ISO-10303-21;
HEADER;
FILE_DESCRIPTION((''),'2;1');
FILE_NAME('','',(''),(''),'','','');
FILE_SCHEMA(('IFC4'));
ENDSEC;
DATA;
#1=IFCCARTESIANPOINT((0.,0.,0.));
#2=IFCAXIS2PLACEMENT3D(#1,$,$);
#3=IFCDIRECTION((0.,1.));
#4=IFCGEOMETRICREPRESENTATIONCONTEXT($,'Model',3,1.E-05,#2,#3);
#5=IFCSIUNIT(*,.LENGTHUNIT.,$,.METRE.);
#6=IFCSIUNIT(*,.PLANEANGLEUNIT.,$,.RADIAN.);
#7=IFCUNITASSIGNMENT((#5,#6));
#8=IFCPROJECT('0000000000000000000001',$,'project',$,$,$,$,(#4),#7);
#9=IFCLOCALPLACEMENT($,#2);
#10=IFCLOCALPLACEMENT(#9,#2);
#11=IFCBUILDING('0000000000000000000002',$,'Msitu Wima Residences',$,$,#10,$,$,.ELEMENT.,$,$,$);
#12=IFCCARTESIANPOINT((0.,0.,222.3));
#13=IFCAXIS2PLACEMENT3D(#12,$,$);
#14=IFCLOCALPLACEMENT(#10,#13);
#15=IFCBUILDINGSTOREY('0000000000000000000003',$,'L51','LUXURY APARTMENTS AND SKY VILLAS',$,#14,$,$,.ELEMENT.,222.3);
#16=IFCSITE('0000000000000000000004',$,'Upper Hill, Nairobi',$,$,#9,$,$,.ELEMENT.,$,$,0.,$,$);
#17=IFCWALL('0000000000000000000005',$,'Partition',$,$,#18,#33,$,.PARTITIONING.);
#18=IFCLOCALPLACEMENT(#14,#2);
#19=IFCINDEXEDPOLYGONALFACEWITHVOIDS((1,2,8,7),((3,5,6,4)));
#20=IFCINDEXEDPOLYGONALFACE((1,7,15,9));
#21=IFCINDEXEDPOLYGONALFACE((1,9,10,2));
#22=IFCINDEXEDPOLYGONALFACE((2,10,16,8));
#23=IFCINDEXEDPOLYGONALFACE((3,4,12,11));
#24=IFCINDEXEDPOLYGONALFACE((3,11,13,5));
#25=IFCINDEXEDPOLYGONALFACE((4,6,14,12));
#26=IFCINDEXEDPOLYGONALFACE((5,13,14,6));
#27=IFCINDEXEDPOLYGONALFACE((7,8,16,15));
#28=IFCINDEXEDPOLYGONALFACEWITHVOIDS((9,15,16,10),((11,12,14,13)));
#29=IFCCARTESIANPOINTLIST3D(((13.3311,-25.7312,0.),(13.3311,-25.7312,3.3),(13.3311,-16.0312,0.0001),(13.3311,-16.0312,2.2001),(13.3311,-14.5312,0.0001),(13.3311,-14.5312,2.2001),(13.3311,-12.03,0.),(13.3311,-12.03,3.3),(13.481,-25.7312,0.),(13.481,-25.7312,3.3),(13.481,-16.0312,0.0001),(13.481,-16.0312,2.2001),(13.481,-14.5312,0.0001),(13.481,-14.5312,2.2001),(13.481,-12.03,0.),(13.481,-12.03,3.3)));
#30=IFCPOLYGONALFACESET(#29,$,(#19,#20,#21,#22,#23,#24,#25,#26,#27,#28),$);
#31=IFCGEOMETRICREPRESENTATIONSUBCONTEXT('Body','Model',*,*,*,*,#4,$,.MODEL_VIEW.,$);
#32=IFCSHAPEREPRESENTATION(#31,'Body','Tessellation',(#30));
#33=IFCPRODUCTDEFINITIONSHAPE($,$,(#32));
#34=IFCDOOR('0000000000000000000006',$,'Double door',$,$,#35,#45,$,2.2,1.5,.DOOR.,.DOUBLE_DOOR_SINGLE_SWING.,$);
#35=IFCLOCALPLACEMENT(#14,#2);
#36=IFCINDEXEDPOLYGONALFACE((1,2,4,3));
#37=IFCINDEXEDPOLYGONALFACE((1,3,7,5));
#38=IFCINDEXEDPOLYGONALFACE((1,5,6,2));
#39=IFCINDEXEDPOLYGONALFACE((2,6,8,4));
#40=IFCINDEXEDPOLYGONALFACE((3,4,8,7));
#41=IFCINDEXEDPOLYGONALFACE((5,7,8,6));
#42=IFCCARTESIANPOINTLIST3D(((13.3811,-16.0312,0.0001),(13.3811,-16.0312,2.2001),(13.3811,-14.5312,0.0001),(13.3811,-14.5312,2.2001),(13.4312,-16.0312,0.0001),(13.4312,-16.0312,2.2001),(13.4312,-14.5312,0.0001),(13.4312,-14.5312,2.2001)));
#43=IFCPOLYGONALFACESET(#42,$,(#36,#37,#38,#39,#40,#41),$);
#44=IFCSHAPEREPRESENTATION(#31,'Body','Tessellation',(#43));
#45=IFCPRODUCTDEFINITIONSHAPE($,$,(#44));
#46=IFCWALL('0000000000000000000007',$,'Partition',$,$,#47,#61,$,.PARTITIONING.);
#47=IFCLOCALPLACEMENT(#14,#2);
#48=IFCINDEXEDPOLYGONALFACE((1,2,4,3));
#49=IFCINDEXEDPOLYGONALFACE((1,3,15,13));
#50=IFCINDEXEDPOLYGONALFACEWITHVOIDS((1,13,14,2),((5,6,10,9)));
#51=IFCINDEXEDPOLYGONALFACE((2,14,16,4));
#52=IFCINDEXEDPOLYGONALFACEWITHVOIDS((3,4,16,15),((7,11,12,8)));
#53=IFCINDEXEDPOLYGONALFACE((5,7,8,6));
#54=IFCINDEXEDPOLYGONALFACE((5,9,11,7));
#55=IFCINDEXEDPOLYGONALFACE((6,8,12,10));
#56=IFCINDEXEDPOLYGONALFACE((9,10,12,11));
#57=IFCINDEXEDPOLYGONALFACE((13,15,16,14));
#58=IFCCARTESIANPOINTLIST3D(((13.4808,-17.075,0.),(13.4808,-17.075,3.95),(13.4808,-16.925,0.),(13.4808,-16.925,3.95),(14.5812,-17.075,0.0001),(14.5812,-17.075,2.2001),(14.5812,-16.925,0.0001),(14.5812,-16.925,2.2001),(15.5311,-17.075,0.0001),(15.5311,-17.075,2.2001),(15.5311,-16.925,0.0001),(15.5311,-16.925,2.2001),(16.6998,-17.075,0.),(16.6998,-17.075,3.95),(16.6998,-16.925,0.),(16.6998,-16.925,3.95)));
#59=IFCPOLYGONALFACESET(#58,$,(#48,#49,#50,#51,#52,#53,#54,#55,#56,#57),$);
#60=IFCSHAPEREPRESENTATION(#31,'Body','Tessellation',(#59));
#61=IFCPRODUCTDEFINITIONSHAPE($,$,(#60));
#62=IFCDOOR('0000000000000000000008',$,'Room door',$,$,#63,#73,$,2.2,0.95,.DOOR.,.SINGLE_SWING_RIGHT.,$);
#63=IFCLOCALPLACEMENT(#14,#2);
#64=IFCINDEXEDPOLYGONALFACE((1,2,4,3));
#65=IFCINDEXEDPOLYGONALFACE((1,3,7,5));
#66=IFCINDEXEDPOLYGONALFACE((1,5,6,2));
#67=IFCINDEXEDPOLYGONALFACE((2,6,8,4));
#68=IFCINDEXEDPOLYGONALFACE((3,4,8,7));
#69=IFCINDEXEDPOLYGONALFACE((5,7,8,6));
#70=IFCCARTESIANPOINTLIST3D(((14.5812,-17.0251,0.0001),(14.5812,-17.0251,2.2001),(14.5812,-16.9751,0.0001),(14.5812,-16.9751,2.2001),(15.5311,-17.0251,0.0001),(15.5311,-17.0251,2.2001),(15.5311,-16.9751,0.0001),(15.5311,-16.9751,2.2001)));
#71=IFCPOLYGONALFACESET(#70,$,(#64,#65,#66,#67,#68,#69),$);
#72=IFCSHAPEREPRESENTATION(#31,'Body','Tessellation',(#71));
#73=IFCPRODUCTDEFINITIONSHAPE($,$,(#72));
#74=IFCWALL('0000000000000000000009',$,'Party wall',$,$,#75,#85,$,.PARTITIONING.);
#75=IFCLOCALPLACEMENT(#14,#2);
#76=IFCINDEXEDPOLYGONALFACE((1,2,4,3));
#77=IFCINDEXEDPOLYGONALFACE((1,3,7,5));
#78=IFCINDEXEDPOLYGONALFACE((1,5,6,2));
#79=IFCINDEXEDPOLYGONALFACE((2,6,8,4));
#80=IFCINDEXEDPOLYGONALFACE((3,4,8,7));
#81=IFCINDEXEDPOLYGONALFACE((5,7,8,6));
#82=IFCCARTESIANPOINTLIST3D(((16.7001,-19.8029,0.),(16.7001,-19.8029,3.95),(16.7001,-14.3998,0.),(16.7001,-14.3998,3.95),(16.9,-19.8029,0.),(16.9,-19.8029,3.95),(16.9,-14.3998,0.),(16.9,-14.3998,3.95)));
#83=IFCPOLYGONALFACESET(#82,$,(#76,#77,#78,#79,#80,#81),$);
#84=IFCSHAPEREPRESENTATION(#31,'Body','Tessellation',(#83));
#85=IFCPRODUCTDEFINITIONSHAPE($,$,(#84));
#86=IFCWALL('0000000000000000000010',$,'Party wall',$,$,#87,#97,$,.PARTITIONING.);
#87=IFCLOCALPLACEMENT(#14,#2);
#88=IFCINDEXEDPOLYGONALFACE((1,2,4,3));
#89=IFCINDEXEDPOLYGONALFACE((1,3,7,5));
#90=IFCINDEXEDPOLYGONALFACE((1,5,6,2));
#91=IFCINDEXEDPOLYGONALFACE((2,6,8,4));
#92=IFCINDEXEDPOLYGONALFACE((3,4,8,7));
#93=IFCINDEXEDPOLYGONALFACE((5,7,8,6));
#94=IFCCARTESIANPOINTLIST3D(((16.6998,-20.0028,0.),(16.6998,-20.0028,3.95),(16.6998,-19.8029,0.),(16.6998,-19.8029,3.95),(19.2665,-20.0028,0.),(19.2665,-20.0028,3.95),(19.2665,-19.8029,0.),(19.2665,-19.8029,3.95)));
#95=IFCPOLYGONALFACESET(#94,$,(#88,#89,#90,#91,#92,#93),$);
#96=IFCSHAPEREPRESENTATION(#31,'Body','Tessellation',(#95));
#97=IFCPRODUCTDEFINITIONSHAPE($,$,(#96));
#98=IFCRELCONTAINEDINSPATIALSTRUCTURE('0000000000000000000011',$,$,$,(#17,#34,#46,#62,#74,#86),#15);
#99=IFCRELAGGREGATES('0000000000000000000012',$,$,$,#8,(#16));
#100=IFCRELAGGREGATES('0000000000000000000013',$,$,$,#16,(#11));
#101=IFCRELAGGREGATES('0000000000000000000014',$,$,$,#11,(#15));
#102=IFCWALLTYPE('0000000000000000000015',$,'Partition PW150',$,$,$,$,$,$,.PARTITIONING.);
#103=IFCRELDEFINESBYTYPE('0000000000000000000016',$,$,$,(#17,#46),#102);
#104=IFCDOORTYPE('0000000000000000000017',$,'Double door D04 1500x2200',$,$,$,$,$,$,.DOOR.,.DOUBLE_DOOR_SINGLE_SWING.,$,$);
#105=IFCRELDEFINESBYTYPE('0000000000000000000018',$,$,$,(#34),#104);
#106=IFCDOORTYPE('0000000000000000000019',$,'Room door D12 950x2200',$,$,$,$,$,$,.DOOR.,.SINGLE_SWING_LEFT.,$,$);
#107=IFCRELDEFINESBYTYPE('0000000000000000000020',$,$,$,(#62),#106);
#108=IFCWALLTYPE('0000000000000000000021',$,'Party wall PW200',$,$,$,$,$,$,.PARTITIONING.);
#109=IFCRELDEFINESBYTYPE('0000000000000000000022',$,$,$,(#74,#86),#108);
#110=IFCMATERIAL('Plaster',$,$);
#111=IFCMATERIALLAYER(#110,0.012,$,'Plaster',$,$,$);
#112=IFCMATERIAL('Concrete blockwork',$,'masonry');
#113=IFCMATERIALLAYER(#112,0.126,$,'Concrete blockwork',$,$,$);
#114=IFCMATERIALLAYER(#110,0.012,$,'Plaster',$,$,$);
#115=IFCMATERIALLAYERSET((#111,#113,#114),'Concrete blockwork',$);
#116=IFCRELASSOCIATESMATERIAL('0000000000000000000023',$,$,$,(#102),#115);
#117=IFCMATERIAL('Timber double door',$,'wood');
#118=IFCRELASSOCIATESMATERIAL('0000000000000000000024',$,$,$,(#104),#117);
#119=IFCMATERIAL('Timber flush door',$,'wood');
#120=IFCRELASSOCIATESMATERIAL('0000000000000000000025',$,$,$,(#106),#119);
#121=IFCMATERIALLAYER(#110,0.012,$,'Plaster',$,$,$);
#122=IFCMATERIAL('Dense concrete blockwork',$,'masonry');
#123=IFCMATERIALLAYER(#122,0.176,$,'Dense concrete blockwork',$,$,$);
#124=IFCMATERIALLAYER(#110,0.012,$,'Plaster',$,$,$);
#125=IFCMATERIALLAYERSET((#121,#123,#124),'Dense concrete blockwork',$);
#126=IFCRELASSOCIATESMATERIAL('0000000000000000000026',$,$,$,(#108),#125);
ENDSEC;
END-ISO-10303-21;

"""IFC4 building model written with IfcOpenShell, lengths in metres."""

from ifc_helpers import new_model, si_unit, direction, frame, frame_2d, origin, place, context, subcontext, project, spatial, rectangle, extrude, material, layer, layer_set, type_object, element, fill, save


model = new_model("IFC4")

# Units and contexts
model_context = context("Model", 3, precision=1e-05, world=origin(), true_north=direction((0.0, 1.0)))
body_context = subcontext(model_context, "Body", "Model", "MODEL_VIEW")
ifc_project = project(units=[si_unit("LENGTHUNIT", "METRE"), si_unit("PLANEANGLEUNIT", "RADIAN")], contexts=[model_context])

# Site, building, storey
site_placement = place(None, origin())
site = spatial("IfcSite", under=ifc_project, at=site_placement, Name="Upper Hill, Nairobi", CompositionType="ELEMENT", RefElevation=0.0)
building_placement = place(site_placement, origin())
building = spatial("IfcBuilding", under=site, at=building_placement, Name="Msitu Wima Residences", CompositionType="ELEMENT")
storey_placement = place(building_placement, frame((0.0, 0.0, 222.3)))
storey = spatial("IfcBuildingStorey", under=building, at=storey_placement, Name="L51", Description="LUXURY APARTMENTS AND SKY VILLAS", CompositionType="ELEMENT", Elevation=222.3)

# Shared definitions
ifc_material_1 = material(Name="Plaster")
ifc_material_2 = material(Name="Concrete blockwork", Category="masonry")

# Walls, openings, doors
ifc_layer_1 = layer(ifc_material_1, 0.012, Name="Plaster")
ifc_layer_2 = layer(ifc_material_2, 0.126, Name="Concrete blockwork")
ifc_layer_3 = layer(ifc_material_1, 0.012, Name="Plaster")
ifc_layer_set_1 = layer_set([ifc_layer_1, ifc_layer_2, ifc_layer_3], Name="Concrete blockwork")
wall_type_1 = type_object("IfcWallType", Name="Partition PW150", PredefinedType="PARTITIONING", material=ifc_layer_set_1)
wall_1_placement = place(storey_placement, frame((13.406, -25.7312, 0.0), z_axis=(0.0, 0.0, 1.0), x_axis=(0.0, 1.0, 0.0)))
wall_1 = element("IfcWall", 1, at=wall_1_placement, inside=storey, type_object=wall_type_1, Name="Partition", PredefinedType="PARTITIONING", context=body_context, shape_type="SweptSolid", body=[
    extrude(rectangle(XDim=13.7012, YDim=0.1499, at=frame_2d((6.8506, 0.0))), origin(), (0.0, 0.0, 1.0), 3.3),
])
opening_1_placement = place(wall_1_placement, frame((9.7, 0.0, 0.0)))
opening_1 = element("IfcOpeningElement", 2, at=opening_1_placement, cuts=wall_1, PredefinedType="OPENING", context=body_context, shape_type="SweptSolid", body=[
    extrude(rectangle(XDim=1.5, YDim=2.2, at=frame_2d((0.75, 1.1001))), frame((0.0, 0.085, 0.0), z_axis=(0.0, -1.0, 0.0), x_axis=(1.0, 0.0, 0.0)), (0.0, 0.0, 1.0), 0.1699),
])
ifc_material_3 = material(Name="Timber double door", Category="wood")
door_type_1 = type_object("IfcDoorType", Name="Double door D04 1500x2200", OperationType="DOUBLE_DOOR_SINGLE_SWING", PredefinedType="DOOR", material=ifc_material_3)
door_1_placement = place(opening_1_placement, origin())
door_1 = element("IfcDoor", 3, at=door_1_placement, inside=storey, type_object=door_type_1, Name="Double door", OperationType="DOUBLE_DOOR_SINGLE_SWING", OverallHeight=2.2, OverallWidth=1.5, PredefinedType="DOOR", context=body_context, shape_type="SweptSolid", body=[
    extrude(rectangle(XDim=1.5, YDim=2.2, at=frame_2d((0.75, 1.1001))), frame((0.0, 0.0249, 0.0), z_axis=(0.0, -1.0, 0.0), x_axis=(1.0, 0.0, 0.0)), (0.0, 0.0, 1.0), 0.05),
])
fill(opening_1, door_1)
wall_2_placement = place(storey_placement, frame((13.481, -17.0, 0.0), z_axis=(0.0, 0.0, 1.0), x_axis=(1.0, 0.0, 0.0)))
wall_2 = element("IfcWall", 4, at=wall_2_placement, inside=storey, type_object=wall_type_1, Name="Partition", PredefinedType="PARTITIONING", context=body_context, shape_type="SweptSolid", body=[
    extrude(rectangle(XDim=3.219, YDim=0.1499, at=frame_2d((1.6094, 0.0))), origin(), (0.0, 0.0, 1.0), 3.95),
])
opening_2_placement = place(wall_2_placement, frame((1.1001, 0.0, 0.0)))
opening_2 = element("IfcOpeningElement", 5, at=opening_2_placement, cuts=wall_2, PredefinedType="OPENING", context=body_context, shape_type="SweptSolid", body=[
    extrude(rectangle(XDim=0.95, YDim=2.2, at=frame_2d((0.4751, 1.1001))), frame((0.0, 0.085, 0.0), z_axis=(0.0, -1.0, 0.0), x_axis=(1.0, 0.0, 0.0)), (0.0, 0.0, 1.0), 0.1699),
])
ifc_material_4 = material(Name="Timber flush door", Category="wood")
door_type_2 = type_object("IfcDoorType", Name="Room door D12 950x2200", OperationType="SINGLE_SWING_LEFT", PredefinedType="DOOR", material=ifc_material_4)
door_2_placement = place(opening_2_placement, origin())
door_2 = element("IfcDoor", 6, at=door_2_placement, inside=storey, type_object=door_type_2, Name="Room door", OperationType="SINGLE_SWING_RIGHT", OverallHeight=2.2, OverallWidth=0.95, PredefinedType="DOOR", context=body_context, shape_type="SweptSolid", body=[
    extrude(rectangle(XDim=0.95, YDim=2.2, at=frame_2d((0.4751, 1.1001))), frame((0.0, 0.0249, 0.0), z_axis=(0.0, -1.0, 0.0), x_axis=(1.0, 0.0, 0.0)), (0.0, 0.0, 1.0), 0.05),
])
fill(opening_2, door_2)

# Walls
ifc_layer_4 = layer(ifc_material_1, 0.012, Name="Plaster")
ifc_material_5 = material(Name="Dense concrete blockwork", Category="masonry")
ifc_layer_5 = layer(ifc_material_5, 0.176, Name="Dense concrete blockwork")
ifc_layer_6 = layer(ifc_material_1, 0.012, Name="Plaster")
ifc_layer_set_2 = layer_set([ifc_layer_4, ifc_layer_5, ifc_layer_6], Name="Dense concrete blockwork")
wall_type_2 = type_object("IfcWallType", Name="Party wall PW200", PredefinedType="PARTITIONING", material=ifc_layer_set_2)
wall_3_placement = place(storey_placement, frame((16.8, -19.803, 0.0), z_axis=(0.0, 0.0, 1.0), x_axis=(0.0, 1.0, 0.0)))
element("IfcWall", 7, at=wall_3_placement, inside=storey, type_object=wall_type_2, Name="Party wall", PredefinedType="PARTITIONING", context=body_context, shape_type="SweptSolid", body=[
    extrude(rectangle(XDim=5.4031, YDim=0.2, at=frame_2d((2.7017, 0.0))), origin(), (0.0, 0.0, 1.0), 3.95),
])
wall_4_placement = place(storey_placement, frame((16.7, -19.9028, 0.0), z_axis=(0.0, 0.0, 1.0), x_axis=(1.0, 0.0, 0.0)))
element("IfcWall", 8, at=wall_4_placement, inside=storey, type_object=wall_type_2, Name="Party wall", PredefinedType="PARTITIONING", context=body_context, shape_type="SweptSolid", body=[
    extrude(rectangle(XDim=2.5667, YDim=0.2, at=frame_2d((1.2832, 0.0))), origin(), (0.0, 0.0, 1.0), 3.95),
])

save(model, "model.ifc")
